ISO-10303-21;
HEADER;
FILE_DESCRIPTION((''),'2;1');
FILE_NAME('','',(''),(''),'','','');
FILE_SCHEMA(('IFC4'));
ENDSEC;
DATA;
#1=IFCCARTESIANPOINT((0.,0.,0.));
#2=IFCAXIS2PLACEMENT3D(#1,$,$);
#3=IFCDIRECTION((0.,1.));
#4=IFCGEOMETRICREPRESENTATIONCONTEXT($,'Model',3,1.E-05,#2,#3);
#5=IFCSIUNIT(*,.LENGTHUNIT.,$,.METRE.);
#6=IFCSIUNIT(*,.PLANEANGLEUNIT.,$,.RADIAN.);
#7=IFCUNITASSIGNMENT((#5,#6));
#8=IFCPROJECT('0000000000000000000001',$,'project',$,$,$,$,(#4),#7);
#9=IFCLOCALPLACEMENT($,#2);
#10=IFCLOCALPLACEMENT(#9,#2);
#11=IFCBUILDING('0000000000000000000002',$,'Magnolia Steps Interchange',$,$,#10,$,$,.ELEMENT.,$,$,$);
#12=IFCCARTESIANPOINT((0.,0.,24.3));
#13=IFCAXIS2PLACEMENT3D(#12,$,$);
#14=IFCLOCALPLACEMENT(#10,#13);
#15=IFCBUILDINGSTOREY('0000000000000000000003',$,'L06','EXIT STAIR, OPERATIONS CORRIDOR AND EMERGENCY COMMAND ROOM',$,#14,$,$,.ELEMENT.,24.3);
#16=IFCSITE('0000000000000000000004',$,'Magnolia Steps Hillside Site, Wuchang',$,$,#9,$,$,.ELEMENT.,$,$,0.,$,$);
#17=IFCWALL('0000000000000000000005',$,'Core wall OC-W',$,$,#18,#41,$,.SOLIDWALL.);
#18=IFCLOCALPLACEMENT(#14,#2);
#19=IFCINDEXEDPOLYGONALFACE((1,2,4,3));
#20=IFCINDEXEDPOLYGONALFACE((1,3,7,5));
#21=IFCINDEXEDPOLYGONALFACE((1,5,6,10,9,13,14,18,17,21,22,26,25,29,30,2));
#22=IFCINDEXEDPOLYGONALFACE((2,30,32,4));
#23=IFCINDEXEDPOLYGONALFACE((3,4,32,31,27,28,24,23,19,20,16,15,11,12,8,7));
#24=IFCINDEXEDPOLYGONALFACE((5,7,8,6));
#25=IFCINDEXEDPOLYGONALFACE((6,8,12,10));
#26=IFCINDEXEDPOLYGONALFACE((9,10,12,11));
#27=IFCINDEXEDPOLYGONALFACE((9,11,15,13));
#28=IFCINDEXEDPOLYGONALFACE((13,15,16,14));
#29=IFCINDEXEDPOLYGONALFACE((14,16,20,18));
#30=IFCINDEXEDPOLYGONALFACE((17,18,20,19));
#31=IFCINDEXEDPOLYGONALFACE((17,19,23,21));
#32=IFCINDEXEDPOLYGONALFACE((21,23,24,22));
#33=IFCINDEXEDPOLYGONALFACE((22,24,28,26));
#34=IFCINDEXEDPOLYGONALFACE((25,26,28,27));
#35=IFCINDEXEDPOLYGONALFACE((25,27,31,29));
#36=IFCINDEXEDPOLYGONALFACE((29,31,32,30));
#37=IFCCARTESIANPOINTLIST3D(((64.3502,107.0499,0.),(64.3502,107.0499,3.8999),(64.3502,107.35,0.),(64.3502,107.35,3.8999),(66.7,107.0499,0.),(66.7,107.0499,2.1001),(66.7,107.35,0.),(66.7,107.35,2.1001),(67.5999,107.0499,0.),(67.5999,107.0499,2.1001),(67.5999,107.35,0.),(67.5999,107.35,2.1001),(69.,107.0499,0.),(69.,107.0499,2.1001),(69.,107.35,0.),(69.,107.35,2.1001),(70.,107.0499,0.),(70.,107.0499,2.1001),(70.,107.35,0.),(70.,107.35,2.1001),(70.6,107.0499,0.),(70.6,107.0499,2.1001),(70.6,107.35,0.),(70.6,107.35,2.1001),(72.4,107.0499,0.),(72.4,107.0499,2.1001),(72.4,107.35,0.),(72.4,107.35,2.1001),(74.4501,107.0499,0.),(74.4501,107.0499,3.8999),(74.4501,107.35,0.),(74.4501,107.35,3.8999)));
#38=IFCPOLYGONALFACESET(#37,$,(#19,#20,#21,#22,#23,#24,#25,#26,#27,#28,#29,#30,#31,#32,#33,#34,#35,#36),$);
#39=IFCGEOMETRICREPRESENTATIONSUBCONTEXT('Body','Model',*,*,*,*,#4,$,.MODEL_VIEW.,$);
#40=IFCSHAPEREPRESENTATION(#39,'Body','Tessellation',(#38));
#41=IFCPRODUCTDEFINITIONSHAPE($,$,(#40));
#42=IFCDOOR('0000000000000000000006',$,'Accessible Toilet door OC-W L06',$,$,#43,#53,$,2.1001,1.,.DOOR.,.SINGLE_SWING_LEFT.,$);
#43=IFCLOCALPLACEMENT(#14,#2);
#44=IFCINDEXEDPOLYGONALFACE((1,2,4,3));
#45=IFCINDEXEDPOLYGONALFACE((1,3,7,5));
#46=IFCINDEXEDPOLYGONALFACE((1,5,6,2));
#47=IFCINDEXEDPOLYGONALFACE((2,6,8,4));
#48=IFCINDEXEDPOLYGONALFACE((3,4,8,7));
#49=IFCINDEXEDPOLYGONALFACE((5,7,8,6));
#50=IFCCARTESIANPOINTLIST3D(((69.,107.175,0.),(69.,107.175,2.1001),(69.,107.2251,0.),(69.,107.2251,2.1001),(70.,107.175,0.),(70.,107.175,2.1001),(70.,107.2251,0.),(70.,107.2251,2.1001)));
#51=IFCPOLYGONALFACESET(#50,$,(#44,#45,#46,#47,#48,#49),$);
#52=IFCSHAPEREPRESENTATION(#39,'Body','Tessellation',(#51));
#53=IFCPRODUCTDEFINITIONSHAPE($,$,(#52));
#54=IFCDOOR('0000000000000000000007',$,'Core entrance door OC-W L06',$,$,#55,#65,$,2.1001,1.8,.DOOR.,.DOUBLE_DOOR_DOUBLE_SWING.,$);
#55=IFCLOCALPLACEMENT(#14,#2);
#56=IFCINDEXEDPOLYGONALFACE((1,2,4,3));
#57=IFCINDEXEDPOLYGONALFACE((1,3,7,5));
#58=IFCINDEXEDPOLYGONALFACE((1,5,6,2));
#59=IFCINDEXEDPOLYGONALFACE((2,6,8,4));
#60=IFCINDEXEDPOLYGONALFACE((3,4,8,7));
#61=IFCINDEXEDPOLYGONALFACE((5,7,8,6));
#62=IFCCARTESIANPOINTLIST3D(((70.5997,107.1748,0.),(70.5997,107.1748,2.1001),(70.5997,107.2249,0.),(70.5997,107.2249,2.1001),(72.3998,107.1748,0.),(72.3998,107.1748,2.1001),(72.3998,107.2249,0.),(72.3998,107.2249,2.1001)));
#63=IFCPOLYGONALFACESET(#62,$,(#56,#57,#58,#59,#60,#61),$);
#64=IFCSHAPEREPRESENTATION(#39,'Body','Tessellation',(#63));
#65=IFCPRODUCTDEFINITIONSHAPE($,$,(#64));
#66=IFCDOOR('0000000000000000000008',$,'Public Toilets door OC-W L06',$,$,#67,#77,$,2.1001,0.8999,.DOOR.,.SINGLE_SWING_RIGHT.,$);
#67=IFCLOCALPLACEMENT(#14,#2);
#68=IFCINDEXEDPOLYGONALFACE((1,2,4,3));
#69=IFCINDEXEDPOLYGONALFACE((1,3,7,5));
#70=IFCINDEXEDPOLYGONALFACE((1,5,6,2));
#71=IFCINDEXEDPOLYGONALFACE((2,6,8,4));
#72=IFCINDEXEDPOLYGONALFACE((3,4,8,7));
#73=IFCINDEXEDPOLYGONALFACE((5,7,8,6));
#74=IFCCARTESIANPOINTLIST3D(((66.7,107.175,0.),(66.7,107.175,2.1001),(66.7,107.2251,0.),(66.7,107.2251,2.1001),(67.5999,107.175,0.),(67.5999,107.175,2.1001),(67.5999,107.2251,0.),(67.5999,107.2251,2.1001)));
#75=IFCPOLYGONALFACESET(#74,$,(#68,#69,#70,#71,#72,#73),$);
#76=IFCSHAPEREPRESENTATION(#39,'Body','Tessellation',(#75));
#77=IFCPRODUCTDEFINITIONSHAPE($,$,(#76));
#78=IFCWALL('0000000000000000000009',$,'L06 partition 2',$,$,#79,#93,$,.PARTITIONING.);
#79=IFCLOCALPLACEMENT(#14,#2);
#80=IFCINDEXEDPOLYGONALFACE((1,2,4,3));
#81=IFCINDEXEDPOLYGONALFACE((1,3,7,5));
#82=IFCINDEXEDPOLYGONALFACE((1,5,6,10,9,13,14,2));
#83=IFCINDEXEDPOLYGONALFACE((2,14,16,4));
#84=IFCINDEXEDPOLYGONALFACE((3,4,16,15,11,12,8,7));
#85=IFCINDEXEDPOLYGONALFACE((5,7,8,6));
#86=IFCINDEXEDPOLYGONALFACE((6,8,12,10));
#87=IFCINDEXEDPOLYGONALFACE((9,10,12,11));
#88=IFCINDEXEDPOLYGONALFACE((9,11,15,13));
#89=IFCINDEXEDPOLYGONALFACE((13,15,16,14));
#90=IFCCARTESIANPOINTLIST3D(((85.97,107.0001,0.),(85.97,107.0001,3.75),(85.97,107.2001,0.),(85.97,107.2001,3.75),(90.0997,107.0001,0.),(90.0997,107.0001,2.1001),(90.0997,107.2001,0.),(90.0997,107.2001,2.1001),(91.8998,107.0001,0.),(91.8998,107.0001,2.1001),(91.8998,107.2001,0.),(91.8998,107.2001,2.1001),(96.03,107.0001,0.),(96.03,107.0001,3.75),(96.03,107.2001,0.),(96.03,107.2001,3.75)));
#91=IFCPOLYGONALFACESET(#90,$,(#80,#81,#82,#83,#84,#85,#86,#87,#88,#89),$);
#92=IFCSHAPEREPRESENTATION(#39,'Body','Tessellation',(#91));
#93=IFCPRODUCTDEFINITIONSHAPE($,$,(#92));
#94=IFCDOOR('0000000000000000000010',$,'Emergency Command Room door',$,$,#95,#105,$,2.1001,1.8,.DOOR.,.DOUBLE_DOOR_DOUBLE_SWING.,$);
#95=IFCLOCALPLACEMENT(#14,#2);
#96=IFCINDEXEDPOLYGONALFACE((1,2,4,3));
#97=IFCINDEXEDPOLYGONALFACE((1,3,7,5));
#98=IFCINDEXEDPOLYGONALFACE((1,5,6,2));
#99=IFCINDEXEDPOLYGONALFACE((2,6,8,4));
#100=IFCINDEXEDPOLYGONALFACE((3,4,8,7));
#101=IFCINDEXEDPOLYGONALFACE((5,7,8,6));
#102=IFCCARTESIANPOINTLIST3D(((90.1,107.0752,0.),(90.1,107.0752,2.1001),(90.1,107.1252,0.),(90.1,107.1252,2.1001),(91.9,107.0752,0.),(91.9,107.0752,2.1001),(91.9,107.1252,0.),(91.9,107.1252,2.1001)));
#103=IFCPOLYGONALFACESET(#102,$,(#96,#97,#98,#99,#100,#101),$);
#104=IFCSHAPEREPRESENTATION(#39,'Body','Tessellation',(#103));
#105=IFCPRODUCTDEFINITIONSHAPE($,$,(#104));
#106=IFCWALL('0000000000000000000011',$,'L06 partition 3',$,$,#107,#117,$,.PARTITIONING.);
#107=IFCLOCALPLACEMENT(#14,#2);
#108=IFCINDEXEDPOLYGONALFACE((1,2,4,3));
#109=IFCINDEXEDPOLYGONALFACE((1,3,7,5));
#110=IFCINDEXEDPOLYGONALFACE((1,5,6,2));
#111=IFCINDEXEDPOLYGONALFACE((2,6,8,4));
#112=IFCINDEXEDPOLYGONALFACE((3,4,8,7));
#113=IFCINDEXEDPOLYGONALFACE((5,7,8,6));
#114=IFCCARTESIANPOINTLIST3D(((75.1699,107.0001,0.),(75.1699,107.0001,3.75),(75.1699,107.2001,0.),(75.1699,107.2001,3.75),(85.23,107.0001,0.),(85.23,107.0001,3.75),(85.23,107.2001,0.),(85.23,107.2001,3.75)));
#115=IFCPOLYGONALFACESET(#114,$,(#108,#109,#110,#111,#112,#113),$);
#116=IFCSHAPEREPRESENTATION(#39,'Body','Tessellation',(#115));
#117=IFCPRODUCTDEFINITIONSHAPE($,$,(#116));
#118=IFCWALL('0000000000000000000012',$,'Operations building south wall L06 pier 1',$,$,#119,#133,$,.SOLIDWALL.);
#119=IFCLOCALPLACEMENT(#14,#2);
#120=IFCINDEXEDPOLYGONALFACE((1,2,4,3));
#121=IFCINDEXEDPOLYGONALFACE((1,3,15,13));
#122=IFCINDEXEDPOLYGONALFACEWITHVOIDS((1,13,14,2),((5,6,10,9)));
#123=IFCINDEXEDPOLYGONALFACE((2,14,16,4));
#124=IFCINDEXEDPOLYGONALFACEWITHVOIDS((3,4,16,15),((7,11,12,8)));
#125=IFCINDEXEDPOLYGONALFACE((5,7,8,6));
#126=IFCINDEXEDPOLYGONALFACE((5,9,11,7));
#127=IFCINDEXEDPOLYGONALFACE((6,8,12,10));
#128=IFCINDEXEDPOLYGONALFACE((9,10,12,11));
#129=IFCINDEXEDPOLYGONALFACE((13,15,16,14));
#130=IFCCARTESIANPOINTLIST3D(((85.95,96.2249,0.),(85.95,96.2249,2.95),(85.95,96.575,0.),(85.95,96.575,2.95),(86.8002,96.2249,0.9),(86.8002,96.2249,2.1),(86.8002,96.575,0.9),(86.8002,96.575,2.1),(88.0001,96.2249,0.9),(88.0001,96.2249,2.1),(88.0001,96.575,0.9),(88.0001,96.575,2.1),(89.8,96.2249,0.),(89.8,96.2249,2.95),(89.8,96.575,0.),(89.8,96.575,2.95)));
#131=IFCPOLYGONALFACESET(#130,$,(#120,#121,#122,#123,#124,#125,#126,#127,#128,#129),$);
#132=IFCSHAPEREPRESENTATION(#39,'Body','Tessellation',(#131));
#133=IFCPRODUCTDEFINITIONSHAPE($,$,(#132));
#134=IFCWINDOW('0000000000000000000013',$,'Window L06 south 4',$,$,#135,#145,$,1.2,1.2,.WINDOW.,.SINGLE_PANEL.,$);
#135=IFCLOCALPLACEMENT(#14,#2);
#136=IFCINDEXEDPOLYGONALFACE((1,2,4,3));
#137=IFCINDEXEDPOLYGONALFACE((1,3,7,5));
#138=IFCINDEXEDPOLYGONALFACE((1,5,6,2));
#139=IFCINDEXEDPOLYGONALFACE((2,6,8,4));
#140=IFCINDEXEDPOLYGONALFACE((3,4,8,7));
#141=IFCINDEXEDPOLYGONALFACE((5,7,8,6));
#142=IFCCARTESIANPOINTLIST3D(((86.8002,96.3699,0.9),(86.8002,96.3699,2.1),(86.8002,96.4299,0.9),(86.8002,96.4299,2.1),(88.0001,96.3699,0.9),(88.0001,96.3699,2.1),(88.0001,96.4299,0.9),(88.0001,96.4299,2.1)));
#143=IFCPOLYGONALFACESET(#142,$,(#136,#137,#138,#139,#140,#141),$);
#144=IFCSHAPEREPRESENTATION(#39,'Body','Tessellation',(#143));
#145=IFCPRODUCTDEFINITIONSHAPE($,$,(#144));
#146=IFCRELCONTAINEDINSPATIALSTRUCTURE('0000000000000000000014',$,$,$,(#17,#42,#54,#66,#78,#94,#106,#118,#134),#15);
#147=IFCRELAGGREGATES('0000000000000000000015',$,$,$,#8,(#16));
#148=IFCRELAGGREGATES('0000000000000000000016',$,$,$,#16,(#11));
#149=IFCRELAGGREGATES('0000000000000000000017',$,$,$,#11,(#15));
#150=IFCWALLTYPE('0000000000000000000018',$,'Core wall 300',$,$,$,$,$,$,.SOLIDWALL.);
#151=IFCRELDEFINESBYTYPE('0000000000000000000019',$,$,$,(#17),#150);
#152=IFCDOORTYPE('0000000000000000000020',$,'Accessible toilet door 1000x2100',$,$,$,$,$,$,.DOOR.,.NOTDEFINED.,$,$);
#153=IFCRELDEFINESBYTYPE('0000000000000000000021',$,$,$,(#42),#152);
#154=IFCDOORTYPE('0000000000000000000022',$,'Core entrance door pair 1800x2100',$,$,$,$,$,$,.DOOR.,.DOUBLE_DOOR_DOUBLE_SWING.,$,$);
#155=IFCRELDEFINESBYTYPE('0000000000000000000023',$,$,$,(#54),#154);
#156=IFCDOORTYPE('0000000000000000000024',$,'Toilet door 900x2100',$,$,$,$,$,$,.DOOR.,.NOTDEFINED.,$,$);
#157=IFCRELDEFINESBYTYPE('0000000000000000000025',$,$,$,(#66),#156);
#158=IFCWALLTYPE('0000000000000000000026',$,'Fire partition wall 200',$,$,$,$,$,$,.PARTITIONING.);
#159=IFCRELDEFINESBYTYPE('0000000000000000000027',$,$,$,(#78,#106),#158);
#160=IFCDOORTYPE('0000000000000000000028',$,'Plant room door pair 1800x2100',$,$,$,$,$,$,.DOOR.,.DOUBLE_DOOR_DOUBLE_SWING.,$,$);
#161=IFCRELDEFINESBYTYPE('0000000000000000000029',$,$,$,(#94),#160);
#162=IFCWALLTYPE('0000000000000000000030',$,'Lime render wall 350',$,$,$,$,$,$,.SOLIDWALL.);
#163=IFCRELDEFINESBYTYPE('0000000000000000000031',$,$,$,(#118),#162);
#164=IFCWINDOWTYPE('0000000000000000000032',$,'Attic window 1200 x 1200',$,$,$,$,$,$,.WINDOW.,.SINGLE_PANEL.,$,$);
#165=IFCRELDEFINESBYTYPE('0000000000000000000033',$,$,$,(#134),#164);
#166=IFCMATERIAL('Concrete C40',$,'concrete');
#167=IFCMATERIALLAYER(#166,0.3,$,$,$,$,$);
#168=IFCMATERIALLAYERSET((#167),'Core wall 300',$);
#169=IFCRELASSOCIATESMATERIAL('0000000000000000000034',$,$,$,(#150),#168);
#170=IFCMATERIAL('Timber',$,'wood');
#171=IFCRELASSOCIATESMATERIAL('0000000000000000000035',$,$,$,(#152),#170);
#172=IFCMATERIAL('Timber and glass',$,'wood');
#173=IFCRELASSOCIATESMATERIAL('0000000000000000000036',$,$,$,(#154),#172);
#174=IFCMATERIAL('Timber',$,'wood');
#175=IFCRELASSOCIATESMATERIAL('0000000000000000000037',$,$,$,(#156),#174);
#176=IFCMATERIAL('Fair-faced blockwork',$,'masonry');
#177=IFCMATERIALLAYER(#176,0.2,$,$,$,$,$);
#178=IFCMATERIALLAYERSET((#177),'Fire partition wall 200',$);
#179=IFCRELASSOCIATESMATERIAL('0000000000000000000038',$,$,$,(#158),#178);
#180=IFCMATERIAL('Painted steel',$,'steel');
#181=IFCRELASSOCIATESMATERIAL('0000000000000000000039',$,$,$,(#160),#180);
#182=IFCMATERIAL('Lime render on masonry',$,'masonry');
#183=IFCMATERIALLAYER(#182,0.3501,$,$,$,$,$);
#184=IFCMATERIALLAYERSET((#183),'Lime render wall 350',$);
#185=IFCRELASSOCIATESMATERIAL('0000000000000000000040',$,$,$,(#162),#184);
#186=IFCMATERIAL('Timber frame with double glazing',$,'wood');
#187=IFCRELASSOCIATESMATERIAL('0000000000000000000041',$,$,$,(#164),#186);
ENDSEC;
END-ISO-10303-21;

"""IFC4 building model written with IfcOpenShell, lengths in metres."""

from ifc_helpers import new_model, si_unit, direction, frame, frame_2d, origin, place, context, subcontext, project, spatial, rectangle, extrude, material, layer, layer_set, type_object, element, fill, save


model = new_model("IFC4")

# Units and contexts
model_context = context("Model", 3, precision=1e-05, world=origin(), true_north=direction((0.0, 1.0)))
body_context = subcontext(model_context, "Body", "Model", "MODEL_VIEW")
ifc_project = project(units=[si_unit("LENGTHUNIT", "METRE"), si_unit("PLANEANGLEUNIT", "RADIAN")], contexts=[model_context])

# Site, building, storey
site_placement = place(None, origin())
site = spatial("IfcSite", under=ifc_project, at=site_placement, Name="Magnolia Steps Hillside Site, Wuchang", CompositionType="ELEMENT", RefElevation=0.0)
building_placement = place(site_placement, origin())
building = spatial("IfcBuilding", under=site, at=building_placement, Name="Magnolia Steps Interchange", CompositionType="ELEMENT")
storey_placement = place(building_placement, frame((0.0, 0.0, 24.3)))
storey = spatial("IfcBuildingStorey", under=building, at=storey_placement, Name="L06", Description="EXIT STAIR, OPERATIONS CORRIDOR AND EMERGENCY COMMAND ROOM", CompositionType="ELEMENT", Elevation=24.3)

# Shared definitions
ifc_material_1 = material(Name="Concrete C40", Category="concrete")
ifc_layer_1 = layer(ifc_material_1, 0.3)
ifc_layer_set_1 = layer_set([ifc_layer_1], Name="Core wall 300")
wall_type_1 = type_object("IfcWallType", Name="Core wall 300", PredefinedType="SOLIDWALL", material=ifc_layer_set_1)

# Wall, openings, doors
wall_1_placement = place(storey_placement, frame((74.45, 107.2, 0.0), z_axis=(0.0, 0.0, 1.0), x_axis=(-1.0, 0.0, 0.0)))
wall_1 = element("IfcWall", 1, at=wall_1_placement, inside=storey, type_object=wall_type_1, Name="Core wall OC-W", PredefinedType="SOLIDWALL", context=body_context, shape_type="SweptSolid", body=[
    extrude(rectangle(XDim=10.0999, YDim=0.3, at=frame_2d((5.0498, 0.0))), origin(), (0.0, 0.0, 1.0), 3.8999),
])
opening_1_placement = place(wall_1_placement, frame((2.05, 0.0, 0.0)))
opening_1 = element("IfcOpeningElement", 2, at=opening_1_placement, cuts=wall_1, PredefinedType="OPENING", context=body_context, shape_type="SweptSolid", body=[
    extrude(rectangle(XDim=1.8, YDim=2.1001, at=frame_2d((0.8999, 1.05))), frame((0.0, 0.1599, 0.0), z_axis=(0.0, -1.0, 0.0), x_axis=(1.0, 0.0, 0.0)), (0.0, 0.0, 1.0), 0.3201),
])
opening_2_placement = place(wall_1_placement, frame((4.45, 0.0, 0.0)))
opening_2 = element("IfcOpeningElement", 3, at=opening_2_placement, cuts=wall_1, PredefinedType="OPENING", context=body_context, shape_type="SweptSolid", body=[
    extrude(rectangle(XDim=1.0, YDim=2.1001, at=frame_2d((0.5, 1.05))), frame((0.0, 0.1599, 0.0), z_axis=(0.0, -1.0, 0.0), x_axis=(1.0, 0.0, 0.0)), (0.0, 0.0, 1.0), 0.3201),
])
opening_3_placement = place(wall_1_placement, frame((6.8501, 0.0, 0.0)))
opening_3 = element("IfcOpeningElement", 4, at=opening_3_placement, cuts=wall_1, PredefinedType="OPENING", context=body_context, shape_type="SweptSolid", body=[
    extrude(rectangle(XDim=0.8999, YDim=2.1001, at=frame_2d((0.45, 1.05))), frame((0.0, 0.1599, 0.0), z_axis=(0.0, -1.0, 0.0), x_axis=(1.0, 0.0, 0.0)), (0.0, 0.0, 1.0), 0.3201),
])
ifc_material_2 = material(Name="Timber", Category="wood")
door_type_1 = type_object("IfcDoorType", Name="Accessible toilet door 1000x2100", OperationType="NOTDEFINED", PredefinedType="DOOR", material=ifc_material_2)
door_1_placement = place(opening_2_placement, origin())
door_1 = element("IfcDoor", 5, at=door_1_placement, inside=storey, type_object=door_type_1, Name="Accessible Toilet door OC-W L06", OperationType="SINGLE_SWING_LEFT", OverallHeight=2.1001, OverallWidth=1.0, PredefinedType="DOOR", context=body_context, shape_type="SweptSolid", body=[
    extrude(rectangle(XDim=1.0, YDim=2.1001, at=frame_2d((0.5, 1.05))), frame((0.0, 0.0249, 0.0), z_axis=(0.0, -1.0, 0.0), x_axis=(1.0, 0.0, 0.0)), (0.0, 0.0, 1.0), 0.05),
])
fill(opening_2, door_1)
ifc_material_3 = material(Name="Timber and glass", Category="wood")
door_type_2 = type_object("IfcDoorType", Name="Core entrance door pair 1800x2100", OperationType="DOUBLE_DOOR_DOUBLE_SWING", PredefinedType="DOOR", material=ifc_material_3)
door_2_placement = place(opening_1_placement, frame((1.8, 0.0, 0.0), z_axis=(0.0, 0.0, 1.0), x_axis=(-1.0, 0.0, 0.0)))
door_2 = element("IfcDoor", 6, at=door_2_placement, inside=storey, type_object=door_type_2, Name="Core entrance door OC-W L06", OperationType="DOUBLE_DOOR_DOUBLE_SWING", OverallHeight=2.1001, OverallWidth=1.8, PredefinedType="DOOR", context=body_context, shape_type="SweptSolid", body=[
    extrude(rectangle(XDim=1.8, YDim=2.1001, at=frame_2d((0.8999, 1.05))), frame((0.0, 0.0249, 0.0), z_axis=(0.0, -1.0, 0.0), x_axis=(1.0, 0.0, 0.0)), (0.0, 0.0, 1.0), 0.05),
])
fill(opening_1, door_2)
ifc_material_4 = material(Name="Timber", Category="wood")
door_type_3 = type_object("IfcDoorType", Name="Toilet door 900x2100", OperationType="NOTDEFINED", PredefinedType="DOOR", material=ifc_material_4)
door_3_placement = place(opening_3_placement, origin())
door_3 = element("IfcDoor", 7, at=door_3_placement, inside=storey, type_object=door_type_3, Name="Public Toilets door OC-W L06", OperationType="SINGLE_SWING_RIGHT", OverallHeight=2.1001, OverallWidth=0.8999, PredefinedType="DOOR", context=body_context, shape_type="SweptSolid", body=[
    extrude(rectangle(XDim=0.8999, YDim=2.1001, at=frame_2d((0.45, 1.05))), frame((0.0, 0.0249, 0.0), z_axis=(0.0, -1.0, 0.0), x_axis=(1.0, 0.0, 0.0)), (0.0, 0.0, 1.0), 0.05),
])
fill(opening_3, door_3)

# Wall, opening, door
ifc_material_5 = material(Name="Fair-faced blockwork", Category="masonry")
ifc_layer_2 = layer(ifc_material_5, 0.2)
ifc_layer_set_2 = layer_set([ifc_layer_2], Name="Fire partition wall 200")
wall_type_2 = type_object("IfcWallType", Name="Fire partition wall 200", PredefinedType="PARTITIONING", material=ifc_layer_set_2)
wall_2_placement = place(storey_placement, frame((85.97, 107.1001, 0.0), z_axis=(0.0, 0.0, 1.0), x_axis=(1.0, 0.0, 0.0)))
wall_2 = element("IfcWall", 8, at=wall_2_placement, inside=storey, type_object=wall_type_2, Name="L06 partition 2", PredefinedType="PARTITIONING", context=body_context, shape_type="SweptSolid", body=[
    extrude(rectangle(XDim=10.0601, YDim=0.2, at=frame_2d((5.03, 0.0))), origin(), (0.0, 0.0, 1.0), 3.75),
])
opening_4_placement = place(wall_2_placement, frame((4.1299, 0.0, 0.0)))
opening_4 = element("IfcOpeningElement", 9, at=opening_4_placement, cuts=wall_2, PredefinedType="OPENING", context=body_context, shape_type="SweptSolid", body=[
    extrude(rectangle(XDim=1.8, YDim=2.1001, at=frame_2d((0.8999, 1.05))), frame((0.0, 0.1099, 0.0), z_axis=(0.0, -1.0, 0.0), x_axis=(1.0, 0.0, 0.0)), (0.0, 0.0, 1.0), 0.22),
])
ifc_material_6 = material(Name="Painted steel", Category="steel")
door_type_4 = type_object("IfcDoorType", Name="Plant room door pair 1800x2100", OperationType="DOUBLE_DOOR_DOUBLE_SWING", PredefinedType="DOOR", material=ifc_material_6)
door_4_placement = place(opening_4_placement, frame((1.8, 0.0, 0.0), z_axis=(0.0, 0.0, 1.0), x_axis=(-1.0, 0.0, 0.0)))
door_4 = element("IfcDoor", 10, at=door_4_placement, inside=storey, type_object=door_type_4, Name="Emergency Command Room door", OperationType="DOUBLE_DOOR_DOUBLE_SWING", OverallHeight=2.1001, OverallWidth=1.8, PredefinedType="DOOR", context=body_context, shape_type="SweptSolid", body=[
    extrude(rectangle(XDim=1.8, YDim=2.1001, at=frame_2d((0.8999, 1.05))), frame((0.0, 0.0249, 0.0), z_axis=(0.0, -1.0, 0.0), x_axis=(1.0, 0.0, 0.0)), (0.0, 0.0, 1.0), 0.05),
])
fill(opening_4, door_4)

# Wall
wall_3_placement = place(storey_placement, frame((75.1699, 107.1001, 0.0), z_axis=(0.0, 0.0, 1.0), x_axis=(1.0, 0.0, 0.0)))
element("IfcWall", 11, at=wall_3_placement, inside=storey, type_object=wall_type_2, Name="L06 partition 3", PredefinedType="PARTITIONING", context=body_context, shape_type="SweptSolid", body=[
    extrude(rectangle(XDim=10.0601, YDim=0.2, at=frame_2d((5.03, 0.0))), origin(), (0.0, 0.0, 1.0), 3.75),
])

# Wall, opening, window
ifc_material_7 = material(Name="Lime render on masonry", Category="masonry")
ifc_layer_3 = layer(ifc_material_7, 0.3501)
ifc_layer_set_3 = layer_set([ifc_layer_3], Name="Lime render wall 350")
wall_type_3 = type_object("IfcWallType", Name="Lime render wall 350", PredefinedType="SOLIDWALL", material=ifc_layer_set_3)
wall_4_placement = place(storey_placement, frame((85.95, 96.3999, 0.0), z_axis=(0.0, 0.0, 1.0), x_axis=(1.0, 0.0, 0.0)))
wall_4 = element("IfcWall", 12, at=wall_4_placement, inside=storey, type_object=wall_type_3, Name="Operations building south wall L06 pier 1", PredefinedType="SOLIDWALL", context=body_context, shape_type="SweptSolid", body=[
    extrude(rectangle(XDim=3.8501, YDim=0.3501, at=frame_2d((1.925, 0.0))), origin(), (0.0, 0.0, 1.0), 2.95),
])
opening_5_placement = place(wall_4_placement, frame((0.8501, 0.0, 0.8999)))
opening_5 = element("IfcOpeningElement", 13, at=opening_5_placement, cuts=wall_4, PredefinedType="OPENING", context=body_context, shape_type="SweptSolid", body=[
    extrude(rectangle(XDim=1.2, YDim=1.2, at=frame_2d((0.6001, 0.6001))), frame((0.0, 0.1851, 0.0), z_axis=(0.0, -1.0, 0.0), x_axis=(1.0, 0.0, 0.0)), (0.0, 0.0, 1.0), 0.3701),
])
ifc_material_8 = material(Name="Timber frame with double glazing", Category="wood")
window_type = type_object("IfcWindowType", Name="Attic window 1200 x 1200", PartitioningType="SINGLE_PANEL", PredefinedType="WINDOW", material=ifc_material_8)
window_placement = place(opening_5_placement, origin())
window = element("IfcWindow", 14, at=window_placement, inside=storey, type_object=window_type, Name="Window L06 south 4", OverallHeight=1.2, OverallWidth=1.2, PartitioningType="SINGLE_PANEL", PredefinedType="WINDOW", context=body_context, shape_type="SweptSolid", body=[
    extrude(rectangle(XDim=1.2, YDim=1.2, at=frame_2d((0.6001, 0.6001))), frame((0.0, 0.03, 0.0), z_axis=(0.0, -1.0, 0.0), x_axis=(1.0, 0.0, 0.0)), (0.0, 0.0, 1.0), 0.0601),
])
fill(opening_5, window)

save(model, "model.ifc")
